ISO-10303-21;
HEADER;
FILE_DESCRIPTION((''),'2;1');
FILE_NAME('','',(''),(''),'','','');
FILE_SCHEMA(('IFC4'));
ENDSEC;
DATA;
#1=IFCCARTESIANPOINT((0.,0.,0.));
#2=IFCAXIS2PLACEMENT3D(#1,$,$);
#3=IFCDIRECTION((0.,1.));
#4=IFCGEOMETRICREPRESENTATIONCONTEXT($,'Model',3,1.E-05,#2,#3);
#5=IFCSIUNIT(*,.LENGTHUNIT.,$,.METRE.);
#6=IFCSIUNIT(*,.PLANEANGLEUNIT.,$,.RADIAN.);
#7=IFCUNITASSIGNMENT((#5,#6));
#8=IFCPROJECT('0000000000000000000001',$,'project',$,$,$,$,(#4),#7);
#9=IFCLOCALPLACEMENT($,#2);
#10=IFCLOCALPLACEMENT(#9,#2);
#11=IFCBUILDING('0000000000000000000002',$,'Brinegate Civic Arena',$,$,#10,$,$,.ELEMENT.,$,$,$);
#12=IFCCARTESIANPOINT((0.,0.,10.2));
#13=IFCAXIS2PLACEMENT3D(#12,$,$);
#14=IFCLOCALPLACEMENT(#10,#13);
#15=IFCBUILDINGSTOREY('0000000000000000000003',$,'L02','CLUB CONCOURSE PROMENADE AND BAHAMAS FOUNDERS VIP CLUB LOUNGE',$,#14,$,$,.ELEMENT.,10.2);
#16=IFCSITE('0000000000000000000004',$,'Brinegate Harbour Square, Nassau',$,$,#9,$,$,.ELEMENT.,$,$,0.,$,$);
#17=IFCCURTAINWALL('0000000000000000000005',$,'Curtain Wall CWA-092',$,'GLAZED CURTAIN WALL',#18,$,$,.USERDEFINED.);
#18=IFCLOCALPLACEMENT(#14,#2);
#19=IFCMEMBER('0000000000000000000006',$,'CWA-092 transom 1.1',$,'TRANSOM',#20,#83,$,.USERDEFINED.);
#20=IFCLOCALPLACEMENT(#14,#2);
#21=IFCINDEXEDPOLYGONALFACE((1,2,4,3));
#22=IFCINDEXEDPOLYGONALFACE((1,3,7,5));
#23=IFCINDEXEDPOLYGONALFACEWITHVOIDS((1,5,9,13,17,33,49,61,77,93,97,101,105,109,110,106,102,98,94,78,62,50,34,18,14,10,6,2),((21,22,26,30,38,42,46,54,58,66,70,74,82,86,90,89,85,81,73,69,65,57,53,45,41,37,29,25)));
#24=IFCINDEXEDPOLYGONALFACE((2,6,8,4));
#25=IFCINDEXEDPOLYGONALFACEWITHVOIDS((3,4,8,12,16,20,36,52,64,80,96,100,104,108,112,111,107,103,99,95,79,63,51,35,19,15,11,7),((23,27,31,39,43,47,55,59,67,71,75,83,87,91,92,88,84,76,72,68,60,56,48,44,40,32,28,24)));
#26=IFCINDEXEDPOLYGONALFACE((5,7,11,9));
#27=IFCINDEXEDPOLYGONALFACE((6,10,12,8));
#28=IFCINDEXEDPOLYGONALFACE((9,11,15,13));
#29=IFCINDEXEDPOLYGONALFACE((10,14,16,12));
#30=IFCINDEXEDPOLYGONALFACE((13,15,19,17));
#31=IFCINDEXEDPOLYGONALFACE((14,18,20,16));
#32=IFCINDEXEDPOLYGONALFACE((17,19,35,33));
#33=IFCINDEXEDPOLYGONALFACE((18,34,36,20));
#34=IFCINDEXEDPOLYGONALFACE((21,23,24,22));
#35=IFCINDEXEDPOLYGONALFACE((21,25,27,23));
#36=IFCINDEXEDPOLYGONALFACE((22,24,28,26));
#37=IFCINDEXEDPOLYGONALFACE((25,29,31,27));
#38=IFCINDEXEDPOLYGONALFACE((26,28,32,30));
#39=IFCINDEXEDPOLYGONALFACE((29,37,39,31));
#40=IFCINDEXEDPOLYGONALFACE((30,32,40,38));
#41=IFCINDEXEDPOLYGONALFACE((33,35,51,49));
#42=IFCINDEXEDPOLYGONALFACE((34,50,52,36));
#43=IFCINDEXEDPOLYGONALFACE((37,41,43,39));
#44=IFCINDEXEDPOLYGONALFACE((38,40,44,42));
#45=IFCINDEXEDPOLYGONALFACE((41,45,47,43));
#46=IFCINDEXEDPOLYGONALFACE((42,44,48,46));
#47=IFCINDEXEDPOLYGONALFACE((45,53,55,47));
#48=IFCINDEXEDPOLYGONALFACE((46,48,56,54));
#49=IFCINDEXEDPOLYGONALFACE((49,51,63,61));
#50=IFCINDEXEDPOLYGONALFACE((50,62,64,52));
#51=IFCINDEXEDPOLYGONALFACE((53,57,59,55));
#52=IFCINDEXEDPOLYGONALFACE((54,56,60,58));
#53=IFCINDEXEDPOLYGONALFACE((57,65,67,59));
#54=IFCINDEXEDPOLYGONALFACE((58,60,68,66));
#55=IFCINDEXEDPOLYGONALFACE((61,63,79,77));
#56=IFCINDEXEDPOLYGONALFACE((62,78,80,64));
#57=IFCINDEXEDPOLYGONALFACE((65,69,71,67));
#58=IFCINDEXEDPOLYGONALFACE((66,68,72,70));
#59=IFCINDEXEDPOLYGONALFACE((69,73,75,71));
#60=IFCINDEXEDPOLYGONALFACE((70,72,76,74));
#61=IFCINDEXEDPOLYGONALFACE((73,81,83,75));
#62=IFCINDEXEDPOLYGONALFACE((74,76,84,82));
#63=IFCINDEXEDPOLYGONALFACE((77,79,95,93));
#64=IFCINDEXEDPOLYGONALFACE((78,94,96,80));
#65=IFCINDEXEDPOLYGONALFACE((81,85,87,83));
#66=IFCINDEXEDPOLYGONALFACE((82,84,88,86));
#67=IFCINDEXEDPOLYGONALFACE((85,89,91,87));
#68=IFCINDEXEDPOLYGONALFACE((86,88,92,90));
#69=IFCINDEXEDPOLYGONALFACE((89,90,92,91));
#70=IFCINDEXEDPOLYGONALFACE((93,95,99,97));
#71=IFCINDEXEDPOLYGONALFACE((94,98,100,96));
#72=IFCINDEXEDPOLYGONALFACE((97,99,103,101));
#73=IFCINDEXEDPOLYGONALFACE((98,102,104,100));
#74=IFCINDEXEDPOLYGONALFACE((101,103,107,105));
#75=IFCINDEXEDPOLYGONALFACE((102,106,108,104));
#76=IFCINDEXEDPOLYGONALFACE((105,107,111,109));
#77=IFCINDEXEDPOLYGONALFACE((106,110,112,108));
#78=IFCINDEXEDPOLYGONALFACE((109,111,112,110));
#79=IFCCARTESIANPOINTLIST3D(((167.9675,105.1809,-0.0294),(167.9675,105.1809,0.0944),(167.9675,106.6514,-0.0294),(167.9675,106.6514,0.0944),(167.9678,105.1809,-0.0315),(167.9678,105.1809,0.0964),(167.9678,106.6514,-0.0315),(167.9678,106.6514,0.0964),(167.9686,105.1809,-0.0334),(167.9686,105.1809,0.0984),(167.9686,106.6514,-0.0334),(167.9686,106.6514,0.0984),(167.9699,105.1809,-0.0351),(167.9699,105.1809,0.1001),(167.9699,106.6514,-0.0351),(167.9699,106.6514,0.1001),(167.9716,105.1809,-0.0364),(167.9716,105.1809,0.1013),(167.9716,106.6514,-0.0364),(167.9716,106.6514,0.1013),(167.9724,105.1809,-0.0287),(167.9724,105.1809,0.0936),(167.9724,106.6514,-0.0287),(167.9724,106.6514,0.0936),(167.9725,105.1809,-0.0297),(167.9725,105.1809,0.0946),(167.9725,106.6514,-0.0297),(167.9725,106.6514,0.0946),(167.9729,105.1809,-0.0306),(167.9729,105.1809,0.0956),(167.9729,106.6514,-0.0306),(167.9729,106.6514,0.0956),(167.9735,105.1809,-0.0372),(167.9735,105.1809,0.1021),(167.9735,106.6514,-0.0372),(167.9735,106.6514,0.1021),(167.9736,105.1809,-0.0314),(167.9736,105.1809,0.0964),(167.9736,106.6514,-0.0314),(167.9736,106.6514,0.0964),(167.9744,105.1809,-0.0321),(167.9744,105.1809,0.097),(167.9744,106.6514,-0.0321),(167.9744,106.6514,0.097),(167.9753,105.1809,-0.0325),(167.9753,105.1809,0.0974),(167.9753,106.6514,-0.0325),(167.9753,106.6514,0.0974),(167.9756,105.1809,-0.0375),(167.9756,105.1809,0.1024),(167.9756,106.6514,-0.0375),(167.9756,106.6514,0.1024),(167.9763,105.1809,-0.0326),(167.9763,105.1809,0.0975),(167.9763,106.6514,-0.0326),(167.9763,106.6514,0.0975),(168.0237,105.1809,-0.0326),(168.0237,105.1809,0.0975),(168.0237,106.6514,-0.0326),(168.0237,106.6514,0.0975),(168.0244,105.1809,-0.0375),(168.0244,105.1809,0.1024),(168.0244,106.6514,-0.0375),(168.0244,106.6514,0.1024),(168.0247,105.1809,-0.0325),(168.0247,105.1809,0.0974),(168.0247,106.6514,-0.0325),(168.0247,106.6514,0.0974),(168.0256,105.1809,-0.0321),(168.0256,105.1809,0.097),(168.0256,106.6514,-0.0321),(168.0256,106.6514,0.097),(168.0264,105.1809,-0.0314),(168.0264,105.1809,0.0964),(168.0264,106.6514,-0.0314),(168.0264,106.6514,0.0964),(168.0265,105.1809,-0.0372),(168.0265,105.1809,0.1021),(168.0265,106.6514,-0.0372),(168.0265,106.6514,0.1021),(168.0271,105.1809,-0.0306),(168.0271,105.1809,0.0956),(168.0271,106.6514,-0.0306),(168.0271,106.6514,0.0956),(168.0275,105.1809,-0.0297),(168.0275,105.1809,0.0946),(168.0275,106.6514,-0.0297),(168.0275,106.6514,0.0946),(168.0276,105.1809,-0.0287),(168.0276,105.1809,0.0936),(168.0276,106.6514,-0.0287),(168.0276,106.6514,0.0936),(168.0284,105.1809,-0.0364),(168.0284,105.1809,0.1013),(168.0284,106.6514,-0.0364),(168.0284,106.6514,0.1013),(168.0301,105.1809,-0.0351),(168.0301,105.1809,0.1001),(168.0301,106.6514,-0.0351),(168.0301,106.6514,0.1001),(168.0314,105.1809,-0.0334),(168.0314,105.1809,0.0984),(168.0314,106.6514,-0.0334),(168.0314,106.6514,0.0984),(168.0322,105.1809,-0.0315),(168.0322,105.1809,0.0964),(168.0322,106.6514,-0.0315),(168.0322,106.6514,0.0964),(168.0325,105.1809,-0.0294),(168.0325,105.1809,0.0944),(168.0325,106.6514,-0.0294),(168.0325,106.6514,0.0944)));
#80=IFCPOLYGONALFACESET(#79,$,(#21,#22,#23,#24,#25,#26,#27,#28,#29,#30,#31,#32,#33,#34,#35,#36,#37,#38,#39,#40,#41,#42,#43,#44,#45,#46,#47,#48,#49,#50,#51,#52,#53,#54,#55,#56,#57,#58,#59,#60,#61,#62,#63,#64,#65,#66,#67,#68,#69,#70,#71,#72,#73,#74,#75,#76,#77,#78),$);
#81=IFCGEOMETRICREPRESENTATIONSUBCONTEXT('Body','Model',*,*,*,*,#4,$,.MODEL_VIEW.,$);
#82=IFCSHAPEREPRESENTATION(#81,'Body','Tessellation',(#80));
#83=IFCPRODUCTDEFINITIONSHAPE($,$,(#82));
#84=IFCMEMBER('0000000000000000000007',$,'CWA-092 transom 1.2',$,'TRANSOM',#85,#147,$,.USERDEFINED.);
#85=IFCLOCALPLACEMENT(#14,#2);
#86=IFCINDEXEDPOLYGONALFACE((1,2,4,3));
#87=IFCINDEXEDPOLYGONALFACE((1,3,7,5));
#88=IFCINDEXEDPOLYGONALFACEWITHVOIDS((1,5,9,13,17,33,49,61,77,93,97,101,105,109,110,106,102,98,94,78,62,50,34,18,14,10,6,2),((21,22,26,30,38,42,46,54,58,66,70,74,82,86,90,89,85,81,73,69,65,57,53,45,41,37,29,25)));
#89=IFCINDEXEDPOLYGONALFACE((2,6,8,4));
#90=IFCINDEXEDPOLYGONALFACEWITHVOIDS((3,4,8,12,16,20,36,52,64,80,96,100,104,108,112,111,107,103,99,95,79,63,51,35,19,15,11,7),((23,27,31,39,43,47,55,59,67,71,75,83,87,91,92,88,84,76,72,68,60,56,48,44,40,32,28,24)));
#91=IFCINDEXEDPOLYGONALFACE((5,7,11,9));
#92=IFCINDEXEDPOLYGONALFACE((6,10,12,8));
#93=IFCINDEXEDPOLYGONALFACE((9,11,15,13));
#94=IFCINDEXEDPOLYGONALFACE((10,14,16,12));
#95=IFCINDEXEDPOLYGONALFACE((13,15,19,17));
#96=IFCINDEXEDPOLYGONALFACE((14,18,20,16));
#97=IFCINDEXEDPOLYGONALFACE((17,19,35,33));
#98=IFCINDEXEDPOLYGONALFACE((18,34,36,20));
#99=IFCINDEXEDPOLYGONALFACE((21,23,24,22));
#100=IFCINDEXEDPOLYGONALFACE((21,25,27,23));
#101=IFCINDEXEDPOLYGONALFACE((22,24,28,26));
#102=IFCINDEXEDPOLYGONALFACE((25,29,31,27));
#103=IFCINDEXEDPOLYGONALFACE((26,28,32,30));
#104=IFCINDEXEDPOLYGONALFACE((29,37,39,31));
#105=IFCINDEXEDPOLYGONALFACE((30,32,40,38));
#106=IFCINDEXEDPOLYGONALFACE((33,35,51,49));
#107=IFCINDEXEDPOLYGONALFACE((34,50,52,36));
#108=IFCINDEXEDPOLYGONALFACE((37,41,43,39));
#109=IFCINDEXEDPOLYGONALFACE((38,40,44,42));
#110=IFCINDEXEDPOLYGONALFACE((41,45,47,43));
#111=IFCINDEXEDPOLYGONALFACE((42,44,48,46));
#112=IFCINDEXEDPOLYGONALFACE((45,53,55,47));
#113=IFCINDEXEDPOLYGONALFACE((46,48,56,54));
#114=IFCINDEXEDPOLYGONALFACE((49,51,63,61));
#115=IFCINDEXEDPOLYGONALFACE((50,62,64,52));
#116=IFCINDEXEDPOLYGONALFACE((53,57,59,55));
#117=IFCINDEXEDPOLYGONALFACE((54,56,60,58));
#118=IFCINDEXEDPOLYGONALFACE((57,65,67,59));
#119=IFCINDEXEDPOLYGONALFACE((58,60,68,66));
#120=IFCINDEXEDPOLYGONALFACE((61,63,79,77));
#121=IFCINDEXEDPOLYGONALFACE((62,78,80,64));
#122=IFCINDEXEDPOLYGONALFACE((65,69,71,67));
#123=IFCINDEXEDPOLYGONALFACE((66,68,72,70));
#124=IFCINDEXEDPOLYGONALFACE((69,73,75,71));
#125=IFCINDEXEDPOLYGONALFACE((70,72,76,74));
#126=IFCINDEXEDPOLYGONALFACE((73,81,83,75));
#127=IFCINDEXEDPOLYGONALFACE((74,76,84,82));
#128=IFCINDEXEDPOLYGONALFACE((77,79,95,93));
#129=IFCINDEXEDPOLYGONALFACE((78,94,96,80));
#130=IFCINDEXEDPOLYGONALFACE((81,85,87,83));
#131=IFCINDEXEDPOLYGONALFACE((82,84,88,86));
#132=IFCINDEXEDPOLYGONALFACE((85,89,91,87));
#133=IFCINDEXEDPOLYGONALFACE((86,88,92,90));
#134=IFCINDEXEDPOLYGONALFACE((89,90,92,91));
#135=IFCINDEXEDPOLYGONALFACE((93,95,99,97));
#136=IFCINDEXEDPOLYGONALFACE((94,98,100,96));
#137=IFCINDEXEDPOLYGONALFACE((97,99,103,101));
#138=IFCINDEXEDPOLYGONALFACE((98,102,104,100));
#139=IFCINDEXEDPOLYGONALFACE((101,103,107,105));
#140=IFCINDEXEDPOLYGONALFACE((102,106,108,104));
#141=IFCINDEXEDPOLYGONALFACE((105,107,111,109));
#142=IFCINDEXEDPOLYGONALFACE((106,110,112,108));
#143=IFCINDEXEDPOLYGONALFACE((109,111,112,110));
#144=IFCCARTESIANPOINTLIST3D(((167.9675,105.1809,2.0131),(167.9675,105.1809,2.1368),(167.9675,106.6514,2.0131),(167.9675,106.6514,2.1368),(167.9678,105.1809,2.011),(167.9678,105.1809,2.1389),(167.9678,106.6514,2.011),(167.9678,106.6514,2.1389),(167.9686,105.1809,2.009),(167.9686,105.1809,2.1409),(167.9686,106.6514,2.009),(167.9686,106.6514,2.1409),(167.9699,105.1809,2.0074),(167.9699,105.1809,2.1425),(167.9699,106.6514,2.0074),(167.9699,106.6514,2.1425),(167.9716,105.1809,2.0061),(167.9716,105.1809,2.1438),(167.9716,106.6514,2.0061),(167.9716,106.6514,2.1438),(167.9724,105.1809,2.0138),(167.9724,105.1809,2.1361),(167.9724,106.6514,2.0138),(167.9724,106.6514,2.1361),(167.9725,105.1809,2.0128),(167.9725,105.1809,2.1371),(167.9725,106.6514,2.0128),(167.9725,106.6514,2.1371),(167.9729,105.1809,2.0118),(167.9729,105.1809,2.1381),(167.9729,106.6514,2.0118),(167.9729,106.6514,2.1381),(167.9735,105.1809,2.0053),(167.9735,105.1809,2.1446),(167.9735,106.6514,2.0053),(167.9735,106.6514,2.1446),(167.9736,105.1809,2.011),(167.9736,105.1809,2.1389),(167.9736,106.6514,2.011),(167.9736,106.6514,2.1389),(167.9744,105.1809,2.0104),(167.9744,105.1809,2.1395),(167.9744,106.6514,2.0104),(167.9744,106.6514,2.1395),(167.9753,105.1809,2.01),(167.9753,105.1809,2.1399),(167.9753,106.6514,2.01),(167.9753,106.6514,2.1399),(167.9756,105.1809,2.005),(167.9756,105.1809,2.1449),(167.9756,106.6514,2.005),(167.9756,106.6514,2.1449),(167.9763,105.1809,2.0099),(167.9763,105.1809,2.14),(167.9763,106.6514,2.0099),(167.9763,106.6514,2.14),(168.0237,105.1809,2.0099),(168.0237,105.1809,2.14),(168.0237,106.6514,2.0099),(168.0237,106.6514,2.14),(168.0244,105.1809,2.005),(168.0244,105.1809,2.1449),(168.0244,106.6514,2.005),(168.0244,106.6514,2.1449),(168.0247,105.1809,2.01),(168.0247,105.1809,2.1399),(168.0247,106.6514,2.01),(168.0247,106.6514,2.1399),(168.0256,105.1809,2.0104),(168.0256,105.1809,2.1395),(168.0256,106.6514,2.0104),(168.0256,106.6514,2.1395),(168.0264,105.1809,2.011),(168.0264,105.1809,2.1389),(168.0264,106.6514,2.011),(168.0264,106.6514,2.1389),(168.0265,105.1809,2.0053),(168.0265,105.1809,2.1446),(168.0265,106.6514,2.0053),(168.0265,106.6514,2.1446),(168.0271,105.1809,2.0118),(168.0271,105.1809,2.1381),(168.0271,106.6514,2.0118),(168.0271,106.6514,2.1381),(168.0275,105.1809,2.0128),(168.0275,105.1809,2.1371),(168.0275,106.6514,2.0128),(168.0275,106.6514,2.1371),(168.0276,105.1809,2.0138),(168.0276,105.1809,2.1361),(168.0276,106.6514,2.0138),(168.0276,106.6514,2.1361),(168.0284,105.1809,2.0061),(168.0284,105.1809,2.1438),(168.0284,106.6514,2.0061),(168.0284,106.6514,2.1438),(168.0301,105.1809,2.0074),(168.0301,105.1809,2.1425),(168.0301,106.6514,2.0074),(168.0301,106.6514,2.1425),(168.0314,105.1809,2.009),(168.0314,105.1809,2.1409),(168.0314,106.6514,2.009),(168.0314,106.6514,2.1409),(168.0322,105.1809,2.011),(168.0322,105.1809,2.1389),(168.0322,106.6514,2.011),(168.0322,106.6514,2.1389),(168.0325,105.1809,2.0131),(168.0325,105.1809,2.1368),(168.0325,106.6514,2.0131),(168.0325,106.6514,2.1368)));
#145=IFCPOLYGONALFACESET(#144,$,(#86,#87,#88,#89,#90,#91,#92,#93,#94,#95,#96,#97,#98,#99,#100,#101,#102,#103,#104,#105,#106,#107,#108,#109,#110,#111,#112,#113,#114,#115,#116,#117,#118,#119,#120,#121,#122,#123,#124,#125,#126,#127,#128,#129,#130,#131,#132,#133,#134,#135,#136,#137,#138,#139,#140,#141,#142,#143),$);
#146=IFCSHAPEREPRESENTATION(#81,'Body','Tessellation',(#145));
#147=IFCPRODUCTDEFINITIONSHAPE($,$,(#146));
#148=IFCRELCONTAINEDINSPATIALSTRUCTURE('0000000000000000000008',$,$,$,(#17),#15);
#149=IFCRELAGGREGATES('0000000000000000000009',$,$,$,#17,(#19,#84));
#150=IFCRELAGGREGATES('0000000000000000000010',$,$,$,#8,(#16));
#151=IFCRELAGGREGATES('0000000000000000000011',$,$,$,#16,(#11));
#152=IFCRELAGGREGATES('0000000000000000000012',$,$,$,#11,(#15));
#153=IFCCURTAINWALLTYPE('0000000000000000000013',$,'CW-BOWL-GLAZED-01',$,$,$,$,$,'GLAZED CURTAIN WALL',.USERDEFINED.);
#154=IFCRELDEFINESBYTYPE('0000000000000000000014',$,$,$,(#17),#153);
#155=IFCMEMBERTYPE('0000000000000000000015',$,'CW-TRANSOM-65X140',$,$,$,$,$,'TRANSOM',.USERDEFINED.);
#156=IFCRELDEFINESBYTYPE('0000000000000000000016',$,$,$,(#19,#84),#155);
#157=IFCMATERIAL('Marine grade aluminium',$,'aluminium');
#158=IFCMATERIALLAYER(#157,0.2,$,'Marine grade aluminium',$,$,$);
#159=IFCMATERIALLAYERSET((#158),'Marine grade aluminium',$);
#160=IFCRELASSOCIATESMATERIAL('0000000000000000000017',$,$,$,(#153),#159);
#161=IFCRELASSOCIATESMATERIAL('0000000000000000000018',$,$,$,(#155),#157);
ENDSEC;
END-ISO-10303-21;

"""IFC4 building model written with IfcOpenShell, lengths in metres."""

from ifc_helpers import new_model, si_unit, direction, frame, origin, origin_2d, place, context, subcontext, project, spatial, hollow_rectangle, extrude, material, layer, layer_set, material_profile, profile_set, type_object, element, aggregate, save


model = new_model("IFC4")

# Units and contexts
model_context = context("Model", 3, precision=1e-05, world=origin(), true_north=direction((0.0, 1.0)))
body_context = subcontext(model_context, "Body", "Model", "MODEL_VIEW")
ifc_project = project(units=[si_unit("LENGTHUNIT", "METRE"), si_unit("PLANEANGLEUNIT", "RADIAN")], contexts=[model_context])

# Site, building, storey
site_placement = place(None, origin())
site = spatial("IfcSite", under=ifc_project, at=site_placement, Name="Brinegate Harbour Square, Nassau", CompositionType="ELEMENT", RefElevation=0.0)
building_placement = place(site_placement, origin())
building = spatial("IfcBuilding", under=site, at=building_placement, Name="Brinegate Civic Arena", CompositionType="ELEMENT")
storey_placement = place(building_placement, frame((0.0, 0.0, 10.2)))
storey = spatial("IfcBuildingStorey", under=building, at=storey_placement, Name="L02", Description="CLUB CONCOURSE PROMENADE AND BAHAMAS FOUNDERS VIP CLUB LOUNGE", CompositionType="ELEMENT", Elevation=10.2)

# Curtain wall
ifc_material_1 = material(Name="Marine grade aluminium", Category="aluminium")
ifc_layer_1 = layer(ifc_material_1, 0.2, Name="Marine grade aluminium")
ifc_layer_set_1 = layer_set([ifc_layer_1], Name="Marine grade aluminium")
curtain_wall_type = type_object("IfcCurtainWallType", Name="CW-BOWL-GLAZED-01", ElementType="GLAZED CURTAIN WALL", PredefinedType="USERDEFINED", material=ifc_layer_set_1)
curtain_wall_1_placement = place(storey_placement, origin())
curtain_wall_1 = element("IfcCurtainWall", 1, at=curtain_wall_1_placement, inside=storey, type_object=curtain_wall_type, Name="Curtain Wall CWA-092", ObjectType="GLAZED CURTAIN WALL", PredefinedType="USERDEFINED")

# Members
ifc_material_profile_1 = material_profile(ifc_material_1, hollow_rectangle(XDim=0.0649, YDim=0.1399, WallThickness=0.0049, InnerFilletRadius=0.0039, OuterFilletRadius=0.0081, at=origin_2d()), Name="TRN65X140")
ifc_profile_set_1 = profile_set([ifc_material_profile_1], Name="Marine grade aluminium")
member_type_1 = type_object("IfcMemberType", Name="CW-TRANSOM-65X140", ElementType="TRANSOM", PredefinedType="USERDEFINED", material=ifc_profile_set_1)
member_1_placement = place(storey_placement, frame((168.0, 105.1809, 0.0325), z_axis=(0.0, 1.0, 0.0), x_axis=(-1.0, 0.0, 0.0)))
member_1 = element("IfcMember", 2, at=member_1_placement, type_object=member_type_1, Name="CWA-092 transom 1.1", ObjectType="TRANSOM", PredefinedType="USERDEFINED", context=body_context, shape_type="SweptSolid", body=[
    extrude(hollow_rectangle(XDim=0.0649, YDim=0.1399, WallThickness=0.0049, InnerFilletRadius=0.0039, OuterFilletRadius=0.0081, at=origin_2d()), origin(), (0.0, 0.0, 1.0), 1.4705),
])
member_2_placement = place(storey_placement, frame((168.0, 105.1809, 2.075), z_axis=(0.0, 1.0, 0.0), x_axis=(-1.0, 0.0, 0.0)))
member_2 = element("IfcMember", 3, at=member_2_placement, type_object=member_type_1, Name="CWA-092 transom 1.2", ObjectType="TRANSOM", PredefinedType="USERDEFINED", context=body_context, shape_type="SweptSolid", body=[
    extrude(hollow_rectangle(XDim=0.0649, YDim=0.1399, WallThickness=0.0049, InnerFilletRadius=0.0039, OuterFilletRadius=0.0081, at=origin_2d()), origin(), (0.0, 0.0, 1.0), 1.4705),
])

aggregate(curtain_wall_1, [member_1, member_2])

save(model, "model.ifc")
